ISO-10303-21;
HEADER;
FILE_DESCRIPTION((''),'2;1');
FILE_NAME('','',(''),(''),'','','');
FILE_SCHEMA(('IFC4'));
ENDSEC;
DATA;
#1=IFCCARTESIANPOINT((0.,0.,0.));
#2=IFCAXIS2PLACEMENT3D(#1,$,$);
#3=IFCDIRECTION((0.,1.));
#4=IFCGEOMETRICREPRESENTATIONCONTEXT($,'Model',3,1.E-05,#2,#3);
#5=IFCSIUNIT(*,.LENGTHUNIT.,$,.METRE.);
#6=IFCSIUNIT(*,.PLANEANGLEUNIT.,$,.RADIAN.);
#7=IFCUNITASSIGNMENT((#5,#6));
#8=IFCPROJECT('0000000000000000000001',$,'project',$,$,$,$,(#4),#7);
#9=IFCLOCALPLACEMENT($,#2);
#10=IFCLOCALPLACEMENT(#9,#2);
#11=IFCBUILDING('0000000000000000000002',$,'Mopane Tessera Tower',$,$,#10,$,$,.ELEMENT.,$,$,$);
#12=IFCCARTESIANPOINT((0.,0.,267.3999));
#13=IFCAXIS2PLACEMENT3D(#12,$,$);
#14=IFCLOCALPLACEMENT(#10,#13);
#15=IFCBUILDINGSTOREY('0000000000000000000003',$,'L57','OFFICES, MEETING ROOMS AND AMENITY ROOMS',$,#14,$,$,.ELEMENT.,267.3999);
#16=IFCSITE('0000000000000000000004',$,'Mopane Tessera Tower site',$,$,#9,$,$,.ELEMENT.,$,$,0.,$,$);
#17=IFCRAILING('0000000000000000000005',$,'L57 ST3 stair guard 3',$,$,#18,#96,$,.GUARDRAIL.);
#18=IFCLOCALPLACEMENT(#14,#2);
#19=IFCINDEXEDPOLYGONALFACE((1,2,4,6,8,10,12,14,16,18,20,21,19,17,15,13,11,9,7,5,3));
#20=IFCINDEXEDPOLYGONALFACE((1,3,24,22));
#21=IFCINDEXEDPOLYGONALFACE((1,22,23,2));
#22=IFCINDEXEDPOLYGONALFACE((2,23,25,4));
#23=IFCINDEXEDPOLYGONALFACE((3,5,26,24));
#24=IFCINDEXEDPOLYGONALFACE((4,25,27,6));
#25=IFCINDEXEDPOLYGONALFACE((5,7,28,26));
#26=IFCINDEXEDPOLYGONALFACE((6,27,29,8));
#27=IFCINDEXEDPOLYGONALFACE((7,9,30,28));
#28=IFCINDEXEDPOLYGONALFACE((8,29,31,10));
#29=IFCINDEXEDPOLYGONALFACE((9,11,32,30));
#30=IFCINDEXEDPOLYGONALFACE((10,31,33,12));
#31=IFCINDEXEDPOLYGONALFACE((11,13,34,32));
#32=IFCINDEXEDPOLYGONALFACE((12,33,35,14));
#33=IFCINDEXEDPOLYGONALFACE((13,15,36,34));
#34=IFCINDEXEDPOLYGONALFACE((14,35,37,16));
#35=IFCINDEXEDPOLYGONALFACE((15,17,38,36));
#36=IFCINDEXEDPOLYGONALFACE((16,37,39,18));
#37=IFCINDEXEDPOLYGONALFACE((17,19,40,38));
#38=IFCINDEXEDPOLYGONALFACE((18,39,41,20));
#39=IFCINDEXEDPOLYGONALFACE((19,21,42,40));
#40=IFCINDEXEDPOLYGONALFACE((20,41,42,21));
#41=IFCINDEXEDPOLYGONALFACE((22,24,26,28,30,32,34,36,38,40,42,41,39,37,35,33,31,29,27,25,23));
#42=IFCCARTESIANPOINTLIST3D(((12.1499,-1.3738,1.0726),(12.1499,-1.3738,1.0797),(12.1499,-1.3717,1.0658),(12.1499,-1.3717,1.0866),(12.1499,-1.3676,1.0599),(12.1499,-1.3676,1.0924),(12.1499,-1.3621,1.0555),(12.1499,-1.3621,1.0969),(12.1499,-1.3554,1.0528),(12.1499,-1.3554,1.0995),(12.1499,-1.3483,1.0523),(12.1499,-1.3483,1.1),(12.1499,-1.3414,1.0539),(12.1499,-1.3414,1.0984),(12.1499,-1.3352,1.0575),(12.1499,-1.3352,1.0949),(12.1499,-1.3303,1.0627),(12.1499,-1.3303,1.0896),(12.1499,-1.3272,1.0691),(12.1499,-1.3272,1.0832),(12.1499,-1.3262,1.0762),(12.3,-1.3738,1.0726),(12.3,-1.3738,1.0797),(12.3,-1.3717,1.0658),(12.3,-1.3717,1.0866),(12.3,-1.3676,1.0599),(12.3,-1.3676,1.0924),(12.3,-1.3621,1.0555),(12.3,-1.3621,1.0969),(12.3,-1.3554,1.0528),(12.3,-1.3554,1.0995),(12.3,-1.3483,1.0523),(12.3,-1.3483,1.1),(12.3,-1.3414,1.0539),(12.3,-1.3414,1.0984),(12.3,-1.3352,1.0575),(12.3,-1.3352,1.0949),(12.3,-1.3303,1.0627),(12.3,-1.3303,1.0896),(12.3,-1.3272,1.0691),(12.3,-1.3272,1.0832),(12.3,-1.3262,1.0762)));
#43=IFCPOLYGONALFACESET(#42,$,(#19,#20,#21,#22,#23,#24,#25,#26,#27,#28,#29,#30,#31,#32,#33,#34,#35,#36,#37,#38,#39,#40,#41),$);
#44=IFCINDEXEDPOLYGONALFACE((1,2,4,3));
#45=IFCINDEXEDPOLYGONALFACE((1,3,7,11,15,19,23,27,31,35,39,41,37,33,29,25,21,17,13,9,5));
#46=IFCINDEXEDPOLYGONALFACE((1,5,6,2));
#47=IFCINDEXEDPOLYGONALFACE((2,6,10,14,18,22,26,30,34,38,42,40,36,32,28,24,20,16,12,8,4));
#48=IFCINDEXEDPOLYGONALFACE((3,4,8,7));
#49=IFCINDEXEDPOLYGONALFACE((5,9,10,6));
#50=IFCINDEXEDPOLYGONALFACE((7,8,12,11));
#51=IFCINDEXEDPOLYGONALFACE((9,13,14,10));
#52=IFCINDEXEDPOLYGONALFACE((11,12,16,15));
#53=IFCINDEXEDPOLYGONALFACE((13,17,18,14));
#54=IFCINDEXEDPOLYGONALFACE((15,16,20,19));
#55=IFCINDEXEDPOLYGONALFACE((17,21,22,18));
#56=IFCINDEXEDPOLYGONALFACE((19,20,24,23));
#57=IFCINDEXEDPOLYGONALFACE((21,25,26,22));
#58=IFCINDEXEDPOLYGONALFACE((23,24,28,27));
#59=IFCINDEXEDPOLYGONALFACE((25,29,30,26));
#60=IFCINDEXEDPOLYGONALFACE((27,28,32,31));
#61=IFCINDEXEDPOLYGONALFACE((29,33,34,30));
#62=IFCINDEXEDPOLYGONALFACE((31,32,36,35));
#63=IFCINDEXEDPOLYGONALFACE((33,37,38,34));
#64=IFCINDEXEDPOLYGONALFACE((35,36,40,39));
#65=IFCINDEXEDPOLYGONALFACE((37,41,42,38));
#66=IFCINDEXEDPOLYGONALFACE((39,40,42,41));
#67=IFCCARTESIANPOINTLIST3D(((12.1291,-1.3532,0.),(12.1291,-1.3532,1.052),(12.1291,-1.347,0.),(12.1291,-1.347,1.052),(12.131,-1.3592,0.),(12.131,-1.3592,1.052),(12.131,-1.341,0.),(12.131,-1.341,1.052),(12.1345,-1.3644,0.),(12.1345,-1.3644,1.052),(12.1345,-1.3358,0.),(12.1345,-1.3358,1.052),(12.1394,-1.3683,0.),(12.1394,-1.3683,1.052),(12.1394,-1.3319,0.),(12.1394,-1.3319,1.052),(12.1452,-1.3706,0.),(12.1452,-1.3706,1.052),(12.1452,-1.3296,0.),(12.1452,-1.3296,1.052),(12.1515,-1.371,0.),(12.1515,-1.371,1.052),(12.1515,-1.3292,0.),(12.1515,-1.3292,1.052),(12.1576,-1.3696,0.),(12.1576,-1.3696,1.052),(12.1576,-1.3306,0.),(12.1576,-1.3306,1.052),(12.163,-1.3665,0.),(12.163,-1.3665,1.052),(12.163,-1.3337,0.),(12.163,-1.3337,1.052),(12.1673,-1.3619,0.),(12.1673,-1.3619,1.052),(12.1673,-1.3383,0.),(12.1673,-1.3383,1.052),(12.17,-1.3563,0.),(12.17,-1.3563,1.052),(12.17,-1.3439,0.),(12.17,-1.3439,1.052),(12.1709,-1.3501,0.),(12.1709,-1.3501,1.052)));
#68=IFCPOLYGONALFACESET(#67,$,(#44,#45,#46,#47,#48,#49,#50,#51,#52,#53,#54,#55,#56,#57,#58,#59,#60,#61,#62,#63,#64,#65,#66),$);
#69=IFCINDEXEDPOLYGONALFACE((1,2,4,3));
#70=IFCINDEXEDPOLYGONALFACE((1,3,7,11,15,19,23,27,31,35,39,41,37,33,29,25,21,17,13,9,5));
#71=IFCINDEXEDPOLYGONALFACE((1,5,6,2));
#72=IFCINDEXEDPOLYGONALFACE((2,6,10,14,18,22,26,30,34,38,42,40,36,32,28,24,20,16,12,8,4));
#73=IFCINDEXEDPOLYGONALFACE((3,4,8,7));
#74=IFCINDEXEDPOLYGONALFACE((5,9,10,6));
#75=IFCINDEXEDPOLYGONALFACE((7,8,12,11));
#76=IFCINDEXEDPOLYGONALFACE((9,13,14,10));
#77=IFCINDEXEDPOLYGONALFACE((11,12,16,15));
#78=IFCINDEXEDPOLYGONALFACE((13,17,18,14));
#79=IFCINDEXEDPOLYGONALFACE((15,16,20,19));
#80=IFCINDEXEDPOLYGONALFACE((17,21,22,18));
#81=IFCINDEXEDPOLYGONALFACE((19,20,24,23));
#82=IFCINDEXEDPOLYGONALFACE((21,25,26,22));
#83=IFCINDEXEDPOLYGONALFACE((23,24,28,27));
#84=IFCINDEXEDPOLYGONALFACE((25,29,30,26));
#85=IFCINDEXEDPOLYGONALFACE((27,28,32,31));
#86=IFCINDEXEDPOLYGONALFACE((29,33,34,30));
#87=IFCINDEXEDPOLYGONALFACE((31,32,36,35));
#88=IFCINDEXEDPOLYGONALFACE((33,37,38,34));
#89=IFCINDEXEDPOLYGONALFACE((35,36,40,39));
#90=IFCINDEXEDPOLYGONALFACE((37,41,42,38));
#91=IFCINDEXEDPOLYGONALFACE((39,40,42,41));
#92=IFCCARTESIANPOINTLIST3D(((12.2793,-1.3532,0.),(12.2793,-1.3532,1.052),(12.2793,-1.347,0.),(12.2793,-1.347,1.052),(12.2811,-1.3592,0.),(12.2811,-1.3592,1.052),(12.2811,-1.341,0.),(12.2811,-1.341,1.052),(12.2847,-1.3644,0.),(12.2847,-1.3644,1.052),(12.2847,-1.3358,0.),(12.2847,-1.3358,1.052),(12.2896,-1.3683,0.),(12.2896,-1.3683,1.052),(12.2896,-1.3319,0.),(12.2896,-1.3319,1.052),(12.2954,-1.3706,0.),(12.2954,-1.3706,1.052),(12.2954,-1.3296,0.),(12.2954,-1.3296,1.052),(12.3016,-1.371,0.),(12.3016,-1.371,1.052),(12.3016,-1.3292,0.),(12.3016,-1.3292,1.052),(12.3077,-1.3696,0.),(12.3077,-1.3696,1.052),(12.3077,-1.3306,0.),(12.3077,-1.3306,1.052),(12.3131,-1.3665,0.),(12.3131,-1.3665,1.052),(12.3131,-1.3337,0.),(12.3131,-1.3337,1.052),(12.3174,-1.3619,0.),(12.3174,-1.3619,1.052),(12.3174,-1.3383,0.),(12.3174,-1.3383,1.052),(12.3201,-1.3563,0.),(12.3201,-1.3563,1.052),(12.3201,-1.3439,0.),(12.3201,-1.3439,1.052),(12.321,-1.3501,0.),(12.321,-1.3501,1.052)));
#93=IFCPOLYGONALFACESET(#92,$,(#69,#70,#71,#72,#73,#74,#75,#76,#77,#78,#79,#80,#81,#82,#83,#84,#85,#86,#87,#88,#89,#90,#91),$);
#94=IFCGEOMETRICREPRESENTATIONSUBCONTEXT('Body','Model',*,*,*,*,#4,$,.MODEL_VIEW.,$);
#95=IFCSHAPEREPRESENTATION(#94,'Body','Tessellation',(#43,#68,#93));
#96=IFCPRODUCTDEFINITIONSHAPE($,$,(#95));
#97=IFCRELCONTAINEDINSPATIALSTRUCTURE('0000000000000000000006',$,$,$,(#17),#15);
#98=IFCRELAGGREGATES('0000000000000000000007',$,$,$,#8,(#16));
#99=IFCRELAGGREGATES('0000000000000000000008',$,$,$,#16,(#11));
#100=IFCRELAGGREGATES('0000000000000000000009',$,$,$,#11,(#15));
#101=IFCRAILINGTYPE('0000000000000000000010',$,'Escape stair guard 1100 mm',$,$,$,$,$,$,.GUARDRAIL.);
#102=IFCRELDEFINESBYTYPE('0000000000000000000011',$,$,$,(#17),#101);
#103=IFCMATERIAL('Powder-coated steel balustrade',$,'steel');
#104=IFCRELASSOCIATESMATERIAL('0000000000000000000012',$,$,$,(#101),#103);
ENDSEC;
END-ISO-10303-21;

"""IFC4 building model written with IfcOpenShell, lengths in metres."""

from ifc_helpers import new_model, si_unit, direction, frame, origin, origin_2d, place, context, subcontext, project, spatial, circle, extrude, material, type_object, element, save


model = new_model("IFC4")

# Units and contexts
model_context = context("Model", 3, precision=1e-05, world=origin(), true_north=direction((0.0, 1.0)))
body_context = subcontext(model_context, "Body", "Model", "MODEL_VIEW")
ifc_project = project(units=[si_unit("LENGTHUNIT", "METRE"), si_unit("PLANEANGLEUNIT", "RADIAN")], contexts=[model_context])

# Site, building, storey
site_placement = place(None, origin())
site = spatial("IfcSite", under=ifc_project, at=site_placement, Name="Mopane Tessera Tower site", CompositionType="ELEMENT", RefElevation=0.0)
building_placement = place(site_placement, origin())
building = spatial("IfcBuilding", under=site, at=building_placement, Name="Mopane Tessera Tower", CompositionType="ELEMENT")
storey_placement = place(building_placement, frame((0.0, 0.0, 267.3999)))
storey = spatial("IfcBuildingStorey", under=building, at=storey_placement, Name="L57", Description="OFFICES, MEETING ROOMS AND AMENITY ROOMS", CompositionType="ELEMENT", Elevation=267.3999)

# Railing
ifc_material_1 = material(Name="Powder-coated steel balustrade", Category="steel")
railing_type_1 = type_object("IfcRailingType", Name="Escape stair guard 1100 mm", PredefinedType="GUARDRAIL", material=ifc_material_1)
railing_1_placement = place(storey_placement, frame((12.1499, -1.3501, 0.0)))
element("IfcRailing", 1, at=railing_1_placement, inside=storey, type_object=railing_type_1, Name="L57 ST3 stair guard 3", PredefinedType="GUARDRAIL", context=body_context, shape_type="SweptSolid", body=[
    extrude(circle(Radius=0.0239, at=origin_2d()), frame((0.0, 0.0, 1.0762), z_axis=(1.0, 0.0, 0.0), x_axis=(0.0, 1.0, 0.0)), (0.0, 0.0, 1.0), 0.1501),
    extrude(circle(Radius=0.021, at=origin_2d()), origin(), (0.0, 0.0, 1.0), 1.052),
    extrude(circle(Radius=0.021, at=origin_2d()), frame((0.1501, 0.0, 0.0)), (0.0, 0.0, 1.0), 1.052),
])

save(model, "model.ifc")
